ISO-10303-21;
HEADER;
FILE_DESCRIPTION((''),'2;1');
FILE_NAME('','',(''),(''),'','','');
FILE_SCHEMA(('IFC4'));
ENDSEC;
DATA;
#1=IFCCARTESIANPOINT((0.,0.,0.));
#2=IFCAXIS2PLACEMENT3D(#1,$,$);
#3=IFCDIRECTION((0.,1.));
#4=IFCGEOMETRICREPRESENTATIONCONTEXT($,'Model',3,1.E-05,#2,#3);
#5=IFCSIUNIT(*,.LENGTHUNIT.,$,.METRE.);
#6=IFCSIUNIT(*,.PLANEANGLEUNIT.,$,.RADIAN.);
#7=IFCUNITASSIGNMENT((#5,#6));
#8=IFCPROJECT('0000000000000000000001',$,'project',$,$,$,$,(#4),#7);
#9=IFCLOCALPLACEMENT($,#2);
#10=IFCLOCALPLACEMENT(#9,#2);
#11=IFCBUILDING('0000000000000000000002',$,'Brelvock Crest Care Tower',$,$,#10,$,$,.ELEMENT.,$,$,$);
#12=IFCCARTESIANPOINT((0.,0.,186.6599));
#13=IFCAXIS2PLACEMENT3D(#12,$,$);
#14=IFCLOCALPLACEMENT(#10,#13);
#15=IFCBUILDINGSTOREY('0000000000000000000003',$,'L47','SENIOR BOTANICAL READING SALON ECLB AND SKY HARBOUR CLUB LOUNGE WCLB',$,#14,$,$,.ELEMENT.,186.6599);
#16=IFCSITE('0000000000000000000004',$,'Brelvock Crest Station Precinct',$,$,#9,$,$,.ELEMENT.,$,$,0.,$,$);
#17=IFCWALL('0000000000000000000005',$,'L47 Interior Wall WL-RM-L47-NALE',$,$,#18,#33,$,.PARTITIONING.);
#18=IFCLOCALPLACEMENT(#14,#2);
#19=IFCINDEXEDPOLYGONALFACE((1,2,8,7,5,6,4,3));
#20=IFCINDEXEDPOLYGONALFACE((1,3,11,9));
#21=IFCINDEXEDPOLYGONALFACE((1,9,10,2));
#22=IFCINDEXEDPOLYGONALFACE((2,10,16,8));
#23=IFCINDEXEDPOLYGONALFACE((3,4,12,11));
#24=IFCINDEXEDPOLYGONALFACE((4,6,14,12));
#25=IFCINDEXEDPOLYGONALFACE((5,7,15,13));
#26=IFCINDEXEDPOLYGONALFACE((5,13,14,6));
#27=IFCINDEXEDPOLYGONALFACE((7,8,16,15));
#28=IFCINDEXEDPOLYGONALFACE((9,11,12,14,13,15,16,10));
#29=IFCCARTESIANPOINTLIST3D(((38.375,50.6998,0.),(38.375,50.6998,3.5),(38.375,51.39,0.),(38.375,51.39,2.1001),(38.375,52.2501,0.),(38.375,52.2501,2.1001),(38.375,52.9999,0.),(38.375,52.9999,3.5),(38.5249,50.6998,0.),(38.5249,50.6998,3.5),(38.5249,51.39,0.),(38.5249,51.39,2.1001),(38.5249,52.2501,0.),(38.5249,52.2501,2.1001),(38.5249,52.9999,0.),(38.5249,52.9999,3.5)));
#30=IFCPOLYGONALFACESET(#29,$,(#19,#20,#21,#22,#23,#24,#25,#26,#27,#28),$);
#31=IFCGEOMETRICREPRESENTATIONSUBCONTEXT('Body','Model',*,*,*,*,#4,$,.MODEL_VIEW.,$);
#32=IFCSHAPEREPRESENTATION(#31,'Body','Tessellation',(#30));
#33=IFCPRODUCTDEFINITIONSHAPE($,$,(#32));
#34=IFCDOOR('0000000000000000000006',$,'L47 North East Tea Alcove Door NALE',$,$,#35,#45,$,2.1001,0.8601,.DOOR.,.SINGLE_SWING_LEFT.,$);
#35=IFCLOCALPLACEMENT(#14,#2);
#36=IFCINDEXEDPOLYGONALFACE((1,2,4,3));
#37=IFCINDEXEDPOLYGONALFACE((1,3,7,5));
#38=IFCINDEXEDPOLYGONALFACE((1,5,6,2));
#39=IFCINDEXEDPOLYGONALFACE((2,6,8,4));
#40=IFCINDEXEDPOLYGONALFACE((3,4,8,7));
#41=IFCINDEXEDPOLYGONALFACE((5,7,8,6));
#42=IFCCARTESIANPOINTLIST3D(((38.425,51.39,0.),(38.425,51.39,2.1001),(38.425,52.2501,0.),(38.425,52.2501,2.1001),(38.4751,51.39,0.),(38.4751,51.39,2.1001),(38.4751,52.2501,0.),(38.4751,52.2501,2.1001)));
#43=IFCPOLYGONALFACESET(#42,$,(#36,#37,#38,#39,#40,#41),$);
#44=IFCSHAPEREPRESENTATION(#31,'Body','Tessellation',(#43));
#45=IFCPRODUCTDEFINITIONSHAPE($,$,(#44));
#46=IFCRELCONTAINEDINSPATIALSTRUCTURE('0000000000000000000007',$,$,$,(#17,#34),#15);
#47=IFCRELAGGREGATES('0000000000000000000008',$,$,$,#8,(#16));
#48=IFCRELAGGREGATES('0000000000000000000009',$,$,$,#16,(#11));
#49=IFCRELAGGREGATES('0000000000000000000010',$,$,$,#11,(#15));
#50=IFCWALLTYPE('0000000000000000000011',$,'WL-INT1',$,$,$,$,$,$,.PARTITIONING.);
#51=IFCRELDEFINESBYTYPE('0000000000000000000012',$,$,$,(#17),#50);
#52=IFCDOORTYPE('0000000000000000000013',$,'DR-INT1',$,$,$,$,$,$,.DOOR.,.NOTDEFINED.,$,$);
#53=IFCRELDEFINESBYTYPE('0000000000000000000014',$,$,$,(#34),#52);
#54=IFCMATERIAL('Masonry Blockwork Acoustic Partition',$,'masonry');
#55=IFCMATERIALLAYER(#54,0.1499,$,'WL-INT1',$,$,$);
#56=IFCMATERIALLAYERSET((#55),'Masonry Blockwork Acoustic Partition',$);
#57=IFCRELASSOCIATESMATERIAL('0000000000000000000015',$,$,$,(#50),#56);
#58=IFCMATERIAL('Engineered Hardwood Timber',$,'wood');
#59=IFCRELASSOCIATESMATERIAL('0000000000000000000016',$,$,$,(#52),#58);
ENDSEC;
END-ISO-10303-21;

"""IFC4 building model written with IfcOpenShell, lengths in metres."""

from ifc_helpers import new_model, si_unit, direction, frame, frame_2d, origin, origin_2d, place, context, subcontext, project, spatial, rectangle, extrude, source, transform, mapped, material, layer, layer_set, type_object, element, fill, save


model = new_model("IFC4")

# Units and contexts
model_context = context("Model", 3, precision=1e-05, world=origin(), true_north=direction((0.0, 1.0)))
body_context = subcontext(model_context, "Body", "Model", "MODEL_VIEW")
ifc_project = project(units=[si_unit("LENGTHUNIT", "METRE"), si_unit("PLANEANGLEUNIT", "RADIAN")], contexts=[model_context])

# Site, building, storey
site_placement = place(None, origin())
site = spatial("IfcSite", under=ifc_project, at=site_placement, Name="Brelvock Crest Station Precinct", CompositionType="ELEMENT", RefElevation=0.0)
building_placement = place(site_placement, origin())
building = spatial("IfcBuilding", under=site, at=building_placement, Name="Brelvock Crest Care Tower", CompositionType="ELEMENT")
storey_placement = place(building_placement, frame((0.0, 0.0, 186.6599)))
storey = spatial("IfcBuildingStorey", under=building, at=storey_placement, Name="L47", Description="SENIOR BOTANICAL READING SALON ECLB AND SKY HARBOUR CLUB LOUNGE WCLB", CompositionType="ELEMENT", Elevation=186.6599)

# Shared definitions
ifc_material_1 = material(Name="Masonry Blockwork Acoustic Partition", Category="masonry")
ifc_layer = layer(ifc_material_1, 0.1499, Name="WL-INT1")
ifc_layer_set = layer_set([ifc_layer], Name="Masonry Blockwork Acoustic Partition")
wall_type = type_object("IfcWallType", Name="WL-INT1", PredefinedType="PARTITIONING", material=ifc_layer_set)

# Shared definitions
ifc_material_2 = material(Name="Engineered Hardwood Timber", Category="wood")
door_type = type_object("IfcDoorType", Name="DR-INT1", OperationType="NOTDEFINED", PredefinedType="DOOR", material=ifc_material_2)
shared_shape_1 = source(origin(), body_context, "Body", "SweptSolid", [
    extrude(rectangle(XDim=0.8601, YDim=2.1001, at=origin_2d()), frame((0.4302, 0.0249, 1.05), z_axis=(0.0, -1.0, 0.0), x_axis=(1.0, 0.0, 0.0)), (0.0, 0.0, 1.0), 0.05),
])

# Wall, opening, door
wall_1_placement = place(storey_placement, frame((38.45, 50.7, 0.0), z_axis=(0.0, 0.0, 1.0), x_axis=(0.0, 1.0, 0.0)))
wall_1 = element("IfcWall", 1, at=wall_1_placement, inside=storey, type_object=wall_type, Name="L47 Interior Wall WL-RM-L47-NALE", PredefinedType="PARTITIONING", context=body_context, shape_type="SweptSolid", body=[
    extrude(rectangle(XDim=2.3, YDim=0.1499, at=frame_2d((1.1499, 0.0))), origin(), (0.0, 0.0, 1.0), 3.5),
])
opening_1_placement = place(wall_1_placement, frame((0.6899, 0.0, 0.0)))
opening_1 = element("IfcOpeningElement", 2, at=opening_1_placement, cuts=wall_1, PredefinedType="OPENING", context=body_context, shape_type="SweptSolid", body=[
    extrude(rectangle(XDim=0.8601, YDim=2.1001, at=origin_2d()), frame((0.4302, 0.085, 1.05), z_axis=(0.0, -1.0, 0.0), x_axis=(1.0, 0.0, 0.0)), (0.0, 0.0, 1.0), 0.1699),
])
door_1_placement = place(opening_1_placement, origin())
door_1 = element("IfcDoor", 3, at=door_1_placement, inside=storey, type_object=door_type, Name="L47 North East Tea Alcove Door NALE", OperationType="SINGLE_SWING_LEFT", OverallHeight=2.1001, OverallWidth=0.8601, PredefinedType="DOOR", context=body_context, shape_type="MappedRepresentation", body=[
    mapped(shared_shape_1, transform((0.0, 0.0, 0.0), x_axis=(1.0, 0.0, 0.0), y_axis=(0.0, 1.0, 0.0), z_axis=(0.0, 0.0, 1.0), scale=1.0)),
])
fill(opening_1, door_1)

save(model, "model.ifc")
